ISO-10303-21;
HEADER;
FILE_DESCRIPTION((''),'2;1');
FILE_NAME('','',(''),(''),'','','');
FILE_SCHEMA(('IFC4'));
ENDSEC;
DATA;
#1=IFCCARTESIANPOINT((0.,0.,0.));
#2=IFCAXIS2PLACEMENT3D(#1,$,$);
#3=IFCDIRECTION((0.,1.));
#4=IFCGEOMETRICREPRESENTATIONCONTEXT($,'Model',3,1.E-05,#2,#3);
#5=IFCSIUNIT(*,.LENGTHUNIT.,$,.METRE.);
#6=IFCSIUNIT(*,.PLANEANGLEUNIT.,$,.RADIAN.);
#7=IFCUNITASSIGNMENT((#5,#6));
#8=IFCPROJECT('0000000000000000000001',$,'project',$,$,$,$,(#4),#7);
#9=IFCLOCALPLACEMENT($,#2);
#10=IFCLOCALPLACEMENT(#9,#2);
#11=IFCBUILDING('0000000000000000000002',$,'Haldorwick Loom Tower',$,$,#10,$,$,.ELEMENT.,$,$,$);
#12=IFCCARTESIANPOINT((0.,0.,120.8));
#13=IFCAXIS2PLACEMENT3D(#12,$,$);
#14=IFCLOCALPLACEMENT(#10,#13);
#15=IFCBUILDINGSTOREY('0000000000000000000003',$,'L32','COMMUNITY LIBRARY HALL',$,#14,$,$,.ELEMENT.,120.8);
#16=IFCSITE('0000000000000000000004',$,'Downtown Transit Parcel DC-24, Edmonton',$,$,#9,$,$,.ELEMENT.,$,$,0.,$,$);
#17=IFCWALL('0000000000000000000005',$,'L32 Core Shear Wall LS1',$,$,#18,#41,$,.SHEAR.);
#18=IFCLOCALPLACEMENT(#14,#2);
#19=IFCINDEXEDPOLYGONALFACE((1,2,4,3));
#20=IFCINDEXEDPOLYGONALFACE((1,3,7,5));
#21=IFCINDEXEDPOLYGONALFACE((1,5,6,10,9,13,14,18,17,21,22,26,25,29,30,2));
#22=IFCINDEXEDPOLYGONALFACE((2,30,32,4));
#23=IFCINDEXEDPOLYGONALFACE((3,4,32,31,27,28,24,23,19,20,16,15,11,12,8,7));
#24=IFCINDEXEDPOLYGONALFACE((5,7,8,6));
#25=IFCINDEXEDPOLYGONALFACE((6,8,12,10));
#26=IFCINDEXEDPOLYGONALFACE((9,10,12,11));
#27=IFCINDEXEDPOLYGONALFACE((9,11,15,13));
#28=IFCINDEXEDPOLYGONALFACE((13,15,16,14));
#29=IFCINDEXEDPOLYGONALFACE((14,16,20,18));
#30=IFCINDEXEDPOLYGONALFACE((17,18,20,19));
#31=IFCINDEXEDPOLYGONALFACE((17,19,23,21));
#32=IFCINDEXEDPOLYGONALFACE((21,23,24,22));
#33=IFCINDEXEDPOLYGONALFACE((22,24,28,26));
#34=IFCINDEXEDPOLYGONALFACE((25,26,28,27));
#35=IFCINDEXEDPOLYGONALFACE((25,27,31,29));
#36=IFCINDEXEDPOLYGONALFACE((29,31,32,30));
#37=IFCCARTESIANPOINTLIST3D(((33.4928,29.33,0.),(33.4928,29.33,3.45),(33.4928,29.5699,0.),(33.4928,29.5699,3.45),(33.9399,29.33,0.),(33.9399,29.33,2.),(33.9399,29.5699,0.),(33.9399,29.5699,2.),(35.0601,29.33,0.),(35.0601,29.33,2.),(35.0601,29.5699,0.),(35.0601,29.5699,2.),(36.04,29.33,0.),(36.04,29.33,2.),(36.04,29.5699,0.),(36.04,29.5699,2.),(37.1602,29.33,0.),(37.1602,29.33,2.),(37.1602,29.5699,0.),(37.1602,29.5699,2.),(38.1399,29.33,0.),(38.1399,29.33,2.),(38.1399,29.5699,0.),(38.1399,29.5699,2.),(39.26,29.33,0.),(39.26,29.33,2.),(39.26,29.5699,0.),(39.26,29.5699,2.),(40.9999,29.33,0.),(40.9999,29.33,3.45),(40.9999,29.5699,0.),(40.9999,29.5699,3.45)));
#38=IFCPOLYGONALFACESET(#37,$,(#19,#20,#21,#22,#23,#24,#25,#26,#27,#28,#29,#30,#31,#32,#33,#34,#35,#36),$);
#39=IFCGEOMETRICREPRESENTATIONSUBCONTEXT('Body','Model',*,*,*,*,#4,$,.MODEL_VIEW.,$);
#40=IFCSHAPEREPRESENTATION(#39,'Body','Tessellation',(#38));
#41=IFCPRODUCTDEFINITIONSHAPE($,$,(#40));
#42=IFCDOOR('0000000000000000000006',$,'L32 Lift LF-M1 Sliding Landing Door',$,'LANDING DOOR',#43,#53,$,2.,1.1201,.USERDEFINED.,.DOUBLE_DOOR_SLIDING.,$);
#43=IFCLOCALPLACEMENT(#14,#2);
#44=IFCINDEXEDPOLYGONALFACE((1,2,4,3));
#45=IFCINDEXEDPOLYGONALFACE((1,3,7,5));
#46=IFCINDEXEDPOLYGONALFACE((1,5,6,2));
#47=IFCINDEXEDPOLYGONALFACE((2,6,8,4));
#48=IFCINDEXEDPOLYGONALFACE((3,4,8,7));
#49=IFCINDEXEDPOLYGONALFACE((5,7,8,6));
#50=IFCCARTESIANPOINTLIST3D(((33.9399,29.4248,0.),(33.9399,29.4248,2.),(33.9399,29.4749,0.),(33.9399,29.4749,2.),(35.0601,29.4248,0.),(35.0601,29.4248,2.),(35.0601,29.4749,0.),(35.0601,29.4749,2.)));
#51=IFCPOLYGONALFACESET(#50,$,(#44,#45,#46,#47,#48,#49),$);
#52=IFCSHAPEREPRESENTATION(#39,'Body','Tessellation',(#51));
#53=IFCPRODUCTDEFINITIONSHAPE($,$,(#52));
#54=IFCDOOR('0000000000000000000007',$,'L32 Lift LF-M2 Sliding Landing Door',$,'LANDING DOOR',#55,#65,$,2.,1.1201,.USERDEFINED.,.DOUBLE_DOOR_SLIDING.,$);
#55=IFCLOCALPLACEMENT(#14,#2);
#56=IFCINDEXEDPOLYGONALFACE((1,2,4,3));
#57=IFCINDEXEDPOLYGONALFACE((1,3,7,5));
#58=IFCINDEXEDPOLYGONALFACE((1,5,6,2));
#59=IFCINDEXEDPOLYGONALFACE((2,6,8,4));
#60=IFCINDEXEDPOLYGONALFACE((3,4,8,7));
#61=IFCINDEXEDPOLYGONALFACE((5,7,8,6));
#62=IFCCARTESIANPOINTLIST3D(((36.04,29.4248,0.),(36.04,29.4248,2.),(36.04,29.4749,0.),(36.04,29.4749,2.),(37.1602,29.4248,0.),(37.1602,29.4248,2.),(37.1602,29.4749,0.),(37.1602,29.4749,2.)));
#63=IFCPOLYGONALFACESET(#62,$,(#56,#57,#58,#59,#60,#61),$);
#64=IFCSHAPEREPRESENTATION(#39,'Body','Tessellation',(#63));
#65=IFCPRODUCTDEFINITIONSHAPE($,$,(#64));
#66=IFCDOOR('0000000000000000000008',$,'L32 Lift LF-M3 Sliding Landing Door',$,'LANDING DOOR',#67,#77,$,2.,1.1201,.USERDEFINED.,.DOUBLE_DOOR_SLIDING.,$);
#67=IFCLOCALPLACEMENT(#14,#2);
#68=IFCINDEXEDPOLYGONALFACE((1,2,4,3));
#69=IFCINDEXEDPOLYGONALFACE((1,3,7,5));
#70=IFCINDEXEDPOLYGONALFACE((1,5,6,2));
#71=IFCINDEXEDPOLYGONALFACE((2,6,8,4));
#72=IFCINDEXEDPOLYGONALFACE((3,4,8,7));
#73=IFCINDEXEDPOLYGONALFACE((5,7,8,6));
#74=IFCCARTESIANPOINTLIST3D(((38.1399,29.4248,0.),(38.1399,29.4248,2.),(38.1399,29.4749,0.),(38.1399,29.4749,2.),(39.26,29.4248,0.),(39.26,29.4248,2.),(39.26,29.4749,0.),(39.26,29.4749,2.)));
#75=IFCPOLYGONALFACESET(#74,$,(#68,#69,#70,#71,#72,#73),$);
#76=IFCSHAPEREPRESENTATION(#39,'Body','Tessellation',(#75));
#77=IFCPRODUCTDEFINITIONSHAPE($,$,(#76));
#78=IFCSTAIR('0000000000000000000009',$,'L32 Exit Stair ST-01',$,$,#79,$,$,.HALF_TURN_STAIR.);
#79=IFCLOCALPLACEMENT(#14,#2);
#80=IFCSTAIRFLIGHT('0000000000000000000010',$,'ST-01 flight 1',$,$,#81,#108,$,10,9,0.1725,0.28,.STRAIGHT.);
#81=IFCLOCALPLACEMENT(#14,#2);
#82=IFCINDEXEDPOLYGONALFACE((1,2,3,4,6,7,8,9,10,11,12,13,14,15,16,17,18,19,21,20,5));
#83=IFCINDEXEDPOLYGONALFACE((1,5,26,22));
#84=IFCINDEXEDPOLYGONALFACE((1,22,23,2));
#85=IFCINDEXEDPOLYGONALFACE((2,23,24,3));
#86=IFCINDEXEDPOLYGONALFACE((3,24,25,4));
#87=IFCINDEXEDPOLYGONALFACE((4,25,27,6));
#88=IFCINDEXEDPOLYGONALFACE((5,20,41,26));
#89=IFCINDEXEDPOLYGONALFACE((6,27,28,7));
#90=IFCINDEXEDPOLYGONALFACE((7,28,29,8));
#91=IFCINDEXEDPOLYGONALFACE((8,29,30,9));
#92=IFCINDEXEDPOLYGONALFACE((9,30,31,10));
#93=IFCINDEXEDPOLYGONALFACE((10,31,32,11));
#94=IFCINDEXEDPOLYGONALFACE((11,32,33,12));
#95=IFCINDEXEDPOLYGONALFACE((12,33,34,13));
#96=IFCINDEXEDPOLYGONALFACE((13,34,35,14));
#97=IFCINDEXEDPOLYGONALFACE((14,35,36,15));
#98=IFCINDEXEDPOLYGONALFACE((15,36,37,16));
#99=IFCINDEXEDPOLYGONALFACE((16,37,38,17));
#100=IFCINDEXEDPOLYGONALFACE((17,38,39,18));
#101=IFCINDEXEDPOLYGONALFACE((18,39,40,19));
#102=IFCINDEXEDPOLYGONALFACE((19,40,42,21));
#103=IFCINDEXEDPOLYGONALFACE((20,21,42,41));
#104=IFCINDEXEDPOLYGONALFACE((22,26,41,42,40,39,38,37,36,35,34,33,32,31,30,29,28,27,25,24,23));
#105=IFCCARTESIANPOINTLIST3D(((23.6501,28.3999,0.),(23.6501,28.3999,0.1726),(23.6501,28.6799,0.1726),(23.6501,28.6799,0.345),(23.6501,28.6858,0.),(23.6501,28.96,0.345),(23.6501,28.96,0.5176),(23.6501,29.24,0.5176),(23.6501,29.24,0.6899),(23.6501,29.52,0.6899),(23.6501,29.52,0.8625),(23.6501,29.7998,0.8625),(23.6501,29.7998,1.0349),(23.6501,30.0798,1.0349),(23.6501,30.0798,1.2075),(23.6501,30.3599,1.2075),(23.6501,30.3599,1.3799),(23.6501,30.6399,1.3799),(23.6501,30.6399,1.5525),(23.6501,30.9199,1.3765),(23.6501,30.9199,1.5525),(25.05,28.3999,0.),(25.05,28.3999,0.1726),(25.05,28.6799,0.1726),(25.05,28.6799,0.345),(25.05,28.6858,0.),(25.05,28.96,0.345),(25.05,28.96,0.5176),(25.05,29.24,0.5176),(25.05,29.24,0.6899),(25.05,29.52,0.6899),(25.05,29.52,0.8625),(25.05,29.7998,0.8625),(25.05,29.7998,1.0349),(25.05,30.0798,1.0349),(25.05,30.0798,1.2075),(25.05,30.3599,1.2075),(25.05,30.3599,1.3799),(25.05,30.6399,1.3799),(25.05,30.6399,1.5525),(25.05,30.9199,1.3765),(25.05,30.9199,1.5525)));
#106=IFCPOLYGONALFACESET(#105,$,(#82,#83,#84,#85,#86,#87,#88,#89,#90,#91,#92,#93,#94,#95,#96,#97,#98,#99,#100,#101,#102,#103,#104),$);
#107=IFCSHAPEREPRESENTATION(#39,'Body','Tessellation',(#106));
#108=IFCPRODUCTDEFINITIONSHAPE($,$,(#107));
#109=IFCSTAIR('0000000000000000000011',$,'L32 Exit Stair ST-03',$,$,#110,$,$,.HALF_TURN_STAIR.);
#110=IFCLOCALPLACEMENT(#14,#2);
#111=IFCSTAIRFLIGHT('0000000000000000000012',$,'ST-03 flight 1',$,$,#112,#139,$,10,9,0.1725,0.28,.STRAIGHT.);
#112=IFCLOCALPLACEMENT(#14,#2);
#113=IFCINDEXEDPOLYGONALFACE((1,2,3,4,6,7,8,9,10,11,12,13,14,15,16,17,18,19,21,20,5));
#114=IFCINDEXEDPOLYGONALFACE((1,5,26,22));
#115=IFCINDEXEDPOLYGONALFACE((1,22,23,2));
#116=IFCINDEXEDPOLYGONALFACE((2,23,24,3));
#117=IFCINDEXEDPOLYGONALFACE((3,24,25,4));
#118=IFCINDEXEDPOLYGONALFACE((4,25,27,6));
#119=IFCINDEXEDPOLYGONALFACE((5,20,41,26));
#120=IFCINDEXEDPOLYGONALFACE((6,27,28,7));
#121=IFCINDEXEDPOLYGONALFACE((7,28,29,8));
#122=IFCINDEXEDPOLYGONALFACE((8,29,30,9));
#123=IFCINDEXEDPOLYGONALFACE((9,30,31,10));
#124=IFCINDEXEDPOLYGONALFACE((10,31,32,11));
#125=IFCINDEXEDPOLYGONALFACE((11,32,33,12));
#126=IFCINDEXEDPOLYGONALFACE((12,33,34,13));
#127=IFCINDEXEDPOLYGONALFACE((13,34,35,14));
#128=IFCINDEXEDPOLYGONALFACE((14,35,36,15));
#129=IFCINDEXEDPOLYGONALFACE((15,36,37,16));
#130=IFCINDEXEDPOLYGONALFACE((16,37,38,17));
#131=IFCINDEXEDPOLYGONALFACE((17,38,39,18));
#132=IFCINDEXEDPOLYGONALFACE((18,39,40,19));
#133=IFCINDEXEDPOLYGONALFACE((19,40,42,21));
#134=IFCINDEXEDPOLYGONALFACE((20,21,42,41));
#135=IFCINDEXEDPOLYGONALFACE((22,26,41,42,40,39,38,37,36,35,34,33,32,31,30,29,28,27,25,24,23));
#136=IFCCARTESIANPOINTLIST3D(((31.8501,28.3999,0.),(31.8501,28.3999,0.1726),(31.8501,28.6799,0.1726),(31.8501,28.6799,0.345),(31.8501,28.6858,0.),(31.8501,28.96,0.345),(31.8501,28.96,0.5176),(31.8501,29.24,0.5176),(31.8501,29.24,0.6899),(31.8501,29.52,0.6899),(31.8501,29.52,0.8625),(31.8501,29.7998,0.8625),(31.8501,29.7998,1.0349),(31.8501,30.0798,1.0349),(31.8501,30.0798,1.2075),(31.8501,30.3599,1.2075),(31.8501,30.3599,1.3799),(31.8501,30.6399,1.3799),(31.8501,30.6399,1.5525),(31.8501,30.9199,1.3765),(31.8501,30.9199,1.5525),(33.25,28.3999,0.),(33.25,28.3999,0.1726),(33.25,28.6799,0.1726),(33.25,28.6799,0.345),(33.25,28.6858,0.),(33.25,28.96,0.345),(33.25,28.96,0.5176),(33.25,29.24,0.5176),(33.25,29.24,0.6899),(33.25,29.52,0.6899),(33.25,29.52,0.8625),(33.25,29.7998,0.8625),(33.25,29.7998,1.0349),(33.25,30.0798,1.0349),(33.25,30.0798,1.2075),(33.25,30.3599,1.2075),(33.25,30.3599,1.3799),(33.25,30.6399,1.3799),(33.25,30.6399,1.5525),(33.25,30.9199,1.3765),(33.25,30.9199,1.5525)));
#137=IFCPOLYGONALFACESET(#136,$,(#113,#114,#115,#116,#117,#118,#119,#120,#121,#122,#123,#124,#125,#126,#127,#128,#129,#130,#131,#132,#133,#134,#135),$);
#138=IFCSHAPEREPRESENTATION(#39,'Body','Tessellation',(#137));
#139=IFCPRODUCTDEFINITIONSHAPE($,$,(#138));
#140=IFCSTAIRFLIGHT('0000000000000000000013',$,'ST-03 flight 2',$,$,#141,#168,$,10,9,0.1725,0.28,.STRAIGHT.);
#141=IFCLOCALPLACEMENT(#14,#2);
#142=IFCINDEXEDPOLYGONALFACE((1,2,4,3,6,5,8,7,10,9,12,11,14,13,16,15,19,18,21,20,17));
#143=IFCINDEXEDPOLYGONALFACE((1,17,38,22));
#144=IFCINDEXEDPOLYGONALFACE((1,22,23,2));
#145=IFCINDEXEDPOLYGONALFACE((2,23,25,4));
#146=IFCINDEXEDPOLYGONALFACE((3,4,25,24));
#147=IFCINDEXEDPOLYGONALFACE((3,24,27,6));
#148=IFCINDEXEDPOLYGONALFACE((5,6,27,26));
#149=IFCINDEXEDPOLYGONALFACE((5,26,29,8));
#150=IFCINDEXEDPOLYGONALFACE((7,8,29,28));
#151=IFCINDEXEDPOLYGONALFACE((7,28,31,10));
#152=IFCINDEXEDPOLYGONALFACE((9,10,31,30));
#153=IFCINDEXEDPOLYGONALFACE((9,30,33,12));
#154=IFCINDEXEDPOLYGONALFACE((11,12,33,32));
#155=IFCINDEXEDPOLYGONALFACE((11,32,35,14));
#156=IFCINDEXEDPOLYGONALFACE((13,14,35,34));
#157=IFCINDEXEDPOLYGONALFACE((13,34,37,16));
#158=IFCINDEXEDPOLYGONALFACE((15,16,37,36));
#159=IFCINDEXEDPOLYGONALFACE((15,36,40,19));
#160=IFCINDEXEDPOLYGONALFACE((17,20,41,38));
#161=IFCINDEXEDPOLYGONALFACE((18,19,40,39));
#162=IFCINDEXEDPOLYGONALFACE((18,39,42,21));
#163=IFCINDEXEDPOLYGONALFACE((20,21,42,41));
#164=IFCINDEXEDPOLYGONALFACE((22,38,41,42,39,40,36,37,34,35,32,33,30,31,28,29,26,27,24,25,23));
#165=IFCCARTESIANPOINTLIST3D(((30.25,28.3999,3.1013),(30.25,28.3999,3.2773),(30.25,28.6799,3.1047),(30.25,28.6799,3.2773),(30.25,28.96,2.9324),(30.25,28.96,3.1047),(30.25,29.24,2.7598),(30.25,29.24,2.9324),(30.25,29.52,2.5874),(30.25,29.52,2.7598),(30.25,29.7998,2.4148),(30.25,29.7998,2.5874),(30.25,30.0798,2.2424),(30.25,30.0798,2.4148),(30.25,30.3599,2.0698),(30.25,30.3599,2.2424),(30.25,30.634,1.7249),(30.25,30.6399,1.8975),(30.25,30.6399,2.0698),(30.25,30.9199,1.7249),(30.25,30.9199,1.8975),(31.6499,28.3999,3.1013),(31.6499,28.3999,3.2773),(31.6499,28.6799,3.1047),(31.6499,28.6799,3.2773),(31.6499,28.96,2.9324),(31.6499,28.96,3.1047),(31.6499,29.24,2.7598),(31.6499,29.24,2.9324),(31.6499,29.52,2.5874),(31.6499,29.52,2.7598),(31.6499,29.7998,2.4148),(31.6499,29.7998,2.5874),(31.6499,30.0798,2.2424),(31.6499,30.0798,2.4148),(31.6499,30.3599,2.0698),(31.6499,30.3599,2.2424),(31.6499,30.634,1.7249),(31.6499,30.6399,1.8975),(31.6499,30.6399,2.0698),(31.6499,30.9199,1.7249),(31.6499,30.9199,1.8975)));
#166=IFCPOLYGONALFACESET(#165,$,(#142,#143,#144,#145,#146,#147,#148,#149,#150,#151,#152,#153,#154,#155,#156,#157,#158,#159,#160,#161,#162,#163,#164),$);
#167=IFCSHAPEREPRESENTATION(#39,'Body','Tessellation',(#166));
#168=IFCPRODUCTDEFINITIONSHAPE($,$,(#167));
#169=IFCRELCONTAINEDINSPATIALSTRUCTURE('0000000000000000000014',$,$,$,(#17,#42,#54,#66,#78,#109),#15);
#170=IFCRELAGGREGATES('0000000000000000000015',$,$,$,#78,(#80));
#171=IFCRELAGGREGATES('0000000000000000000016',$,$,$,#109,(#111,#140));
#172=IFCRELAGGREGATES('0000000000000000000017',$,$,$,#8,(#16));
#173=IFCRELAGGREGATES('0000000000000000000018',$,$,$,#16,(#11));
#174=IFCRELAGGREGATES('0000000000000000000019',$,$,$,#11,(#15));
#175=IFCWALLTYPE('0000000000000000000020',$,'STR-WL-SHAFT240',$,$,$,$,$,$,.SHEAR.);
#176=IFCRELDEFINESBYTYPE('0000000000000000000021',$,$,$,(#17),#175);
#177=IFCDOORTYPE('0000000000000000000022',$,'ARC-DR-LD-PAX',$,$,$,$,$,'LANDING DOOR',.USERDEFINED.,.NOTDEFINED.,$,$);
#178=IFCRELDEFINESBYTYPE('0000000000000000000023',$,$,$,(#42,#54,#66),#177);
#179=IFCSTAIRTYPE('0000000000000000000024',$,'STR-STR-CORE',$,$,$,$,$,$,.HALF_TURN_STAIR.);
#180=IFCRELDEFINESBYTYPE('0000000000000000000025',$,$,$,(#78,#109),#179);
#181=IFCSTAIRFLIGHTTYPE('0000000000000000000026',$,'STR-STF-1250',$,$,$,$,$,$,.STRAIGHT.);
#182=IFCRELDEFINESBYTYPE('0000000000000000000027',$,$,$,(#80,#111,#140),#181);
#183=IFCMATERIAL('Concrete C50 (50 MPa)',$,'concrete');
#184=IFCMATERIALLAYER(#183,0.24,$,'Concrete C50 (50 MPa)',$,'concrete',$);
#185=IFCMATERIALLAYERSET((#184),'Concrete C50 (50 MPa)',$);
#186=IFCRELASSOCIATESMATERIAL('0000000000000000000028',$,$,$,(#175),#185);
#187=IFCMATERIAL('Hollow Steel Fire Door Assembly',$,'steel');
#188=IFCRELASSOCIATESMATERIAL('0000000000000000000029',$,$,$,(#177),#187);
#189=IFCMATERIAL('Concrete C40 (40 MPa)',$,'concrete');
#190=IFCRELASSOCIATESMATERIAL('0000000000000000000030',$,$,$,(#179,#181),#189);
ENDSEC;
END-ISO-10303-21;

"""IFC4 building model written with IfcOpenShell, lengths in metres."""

from ifc_helpers import new_model, si_unit, direction, frame, frame_2d, origin, place, context, subcontext, project, spatial, polyline, rectangle, outline, extrude, material, layer, layer_set, type_object, element, fill, aggregate, save


model = new_model("IFC4")

# Units and contexts
model_context = context("Model", 3, precision=1e-05, world=origin(), true_north=direction((0.0, 1.0)))
body_context = subcontext(model_context, "Body", "Model", "MODEL_VIEW")
ifc_project = project(units=[si_unit("LENGTHUNIT", "METRE"), si_unit("PLANEANGLEUNIT", "RADIAN")], contexts=[model_context])

# Site, building, storey
site_placement = place(None, origin())
site = spatial("IfcSite", under=ifc_project, at=site_placement, Name="Downtown Transit Parcel DC-24, Edmonton", CompositionType="ELEMENT", RefElevation=0.0)
building_placement = place(site_placement, origin())
building = spatial("IfcBuilding", under=site, at=building_placement, Name="Haldorwick Loom Tower", CompositionType="ELEMENT")
storey_placement = place(building_placement, frame((0.0, 0.0, 120.8)))
storey = spatial("IfcBuildingStorey", under=building, at=storey_placement, Name="L32", Description="COMMUNITY LIBRARY HALL", CompositionType="ELEMENT", Elevation=120.8)

# Shared definitions
ifc_material_1 = material(Name="Concrete C50 (50 MPa)", Category="concrete")
ifc_layer = layer(ifc_material_1, 0.24, Name="Concrete C50 (50 MPa)", Category="concrete")
ifc_layer_set = layer_set([ifc_layer], Name="Concrete C50 (50 MPa)")
wall_type = type_object("IfcWallType", Name="STR-WL-SHAFT240", PredefinedType="SHEAR", material=ifc_layer_set)

# Wall, openings, doors
ifc_material_2 = material(Name="Hollow Steel Fire Door Assembly", Category="steel")
wall_1_placement = place(storey_placement, frame((33.4929, 29.45, 0.0), z_axis=(0.0, 0.0, 1.0), x_axis=(1.0, 0.0, 0.0)))
wall_1 = element("IfcWall", 1, at=wall_1_placement, inside=storey, type_object=wall_type, Name="L32 Core Shear Wall LS1", PredefinedType="SHEAR", context=body_context, shape_type="SweptSolid", body=[
    extrude(rectangle(XDim=7.5071, YDim=0.24, at=frame_2d((3.7534, 0.0))), origin(), (0.0, 0.0, 1.0), 3.45),
])
opening_1_placement = place(wall_1_placement, frame((0.447, 0.0, 0.0)))
opening_1 = element("IfcOpeningElement", 2, at=opening_1_placement, cuts=wall_1, PredefinedType="OPENING", context=body_context, shape_type="SweptSolid", body=[
    extrude(rectangle(XDim=1.1201, YDim=2.0, at=frame_2d((0.5601, 1.0))), frame((0.0, 0.1299, 0.0), z_axis=(0.0, -1.0, 0.0), x_axis=(1.0, 0.0, 0.0)), (0.0, 0.0, 1.0), 0.26),
])
opening_2_placement = place(wall_1_placement, frame((2.5471, 0.0, 0.0)))
opening_2 = element("IfcOpeningElement", 3, at=opening_2_placement, cuts=wall_1, PredefinedType="OPENING", context=body_context, shape_type="SweptSolid", body=[
    extrude(rectangle(XDim=1.1201, YDim=2.0, at=frame_2d((0.5601, 1.0))), frame((0.0, 0.1299, 0.0), z_axis=(0.0, -1.0, 0.0), x_axis=(1.0, 0.0, 0.0)), (0.0, 0.0, 1.0), 0.26),
])
opening_3_placement = place(wall_1_placement, frame((4.647, 0.0, 0.0)))
opening_3 = element("IfcOpeningElement", 4, at=opening_3_placement, cuts=wall_1, PredefinedType="OPENING", context=body_context, shape_type="SweptSolid", body=[
    extrude(rectangle(XDim=1.1201, YDim=2.0, at=frame_2d((0.5601, 1.0))), frame((0.0, 0.1299, 0.0), z_axis=(0.0, -1.0, 0.0), x_axis=(1.0, 0.0, 0.0)), (0.0, 0.0, 1.0), 0.26),
])
door_type_1 = type_object("IfcDoorType", Name="ARC-DR-LD-PAX", ElementType="LANDING DOOR", OperationType="NOTDEFINED", PredefinedType="USERDEFINED", material=ifc_material_2)
door_1_placement = place(opening_1_placement, origin())
door_1 = element("IfcDoor", 5, at=door_1_placement, inside=storey, type_object=door_type_1, Name="L32 Lift LF-M1 Sliding Landing Door", ObjectType="LANDING DOOR", OperationType="DOUBLE_DOOR_SLIDING", OverallHeight=2.0, OverallWidth=1.1201, PredefinedType="USERDEFINED", context=body_context, shape_type="SweptSolid", body=[
    extrude(rectangle(XDim=1.1201, YDim=2.0, at=frame_2d((0.5601, 1.0))), frame((0.0, 0.0249, 0.0), z_axis=(0.0, -1.0, 0.0), x_axis=(1.0, 0.0, 0.0)), (0.0, 0.0, 1.0), 0.05),
])
fill(opening_1, door_1)
door_2_placement = place(opening_2_placement, origin())
door_2 = element("IfcDoor", 6, at=door_2_placement, inside=storey, type_object=door_type_1, Name="L32 Lift LF-M2 Sliding Landing Door", ObjectType="LANDING DOOR", OperationType="DOUBLE_DOOR_SLIDING", OverallHeight=2.0, OverallWidth=1.1201, PredefinedType="USERDEFINED", context=body_context, shape_type="SweptSolid", body=[
    extrude(rectangle(XDim=1.1201, YDim=2.0, at=frame_2d((0.5601, 1.0))), frame((0.0, 0.0249, 0.0), z_axis=(0.0, -1.0, 0.0), x_axis=(1.0, 0.0, 0.0)), (0.0, 0.0, 1.0), 0.05),
])
fill(opening_2, door_2)
door_3_placement = place(opening_3_placement, origin())
door_3 = element("IfcDoor", 7, at=door_3_placement, inside=storey, type_object=door_type_1, Name="L32 Lift LF-M3 Sliding Landing Door", ObjectType="LANDING DOOR", OperationType="DOUBLE_DOOR_SLIDING", OverallHeight=2.0, OverallWidth=1.1201, PredefinedType="USERDEFINED", context=body_context, shape_type="SweptSolid", body=[
    extrude(rectangle(XDim=1.1201, YDim=2.0, at=frame_2d((0.5601, 1.0))), frame((0.0, 0.0249, 0.0), z_axis=(0.0, -1.0, 0.0), x_axis=(1.0, 0.0, 0.0)), (0.0, 0.0, 1.0), 0.05),
])
fill(opening_3, door_3)

# Stair, stair flight
ifc_material_3 = material(Name="Concrete C40 (40 MPa)", Category="concrete")
stair_type = type_object("IfcStairType", Name="STR-STR-CORE", PredefinedType="HALF_TURN_STAIR", material=ifc_material_3)
stair_1_placement = place(storey_placement, origin())
stair_1 = element("IfcStair", 8, at=stair_1_placement, inside=storey, type_object=stair_type, Name="L32 Exit Stair ST-01", PredefinedType="HALF_TURN_STAIR")
stair_flight_type = type_object("IfcStairFlightType", Name="STR-STF-1250", PredefinedType="STRAIGHT", material=ifc_material_3)
stair_flight_1_placement = place(storey_placement, frame((24.3501, 28.3999, 0.0), z_axis=(0.0, 0.0, 1.0), x_axis=(0.0, 1.0, 0.0)))
stair_flight_1 = element("IfcStairFlight", 9, at=stair_flight_1_placement, type_object=stair_flight_type, Name="ST-01 flight 1", NumberOfRisers=10, NumberOfTreads=9, PredefinedType="STRAIGHT", RiserHeight=0.1725, TreadLength=0.28, context=body_context, shape_type="SweptSolid", body=[
    extrude(outline(polyline([(0.0, 0.0), (0.0, 0.1726), (0.28, 0.1726), (0.28, 0.345), (0.5601, 0.345), (0.5601, 0.5176), (0.8401, 0.5176), (0.8401, 0.6899), (1.1201, 0.6899), (1.1201, 0.8625), (1.3999, 0.8625), (1.3999, 1.0349), (1.6799, 1.0349), (1.6799, 1.2075), (1.96, 1.2075), (1.96, 1.3799), (2.24, 1.3799), (2.24, 1.5525), (2.52, 1.5525), (2.52, 1.7251), (2.52, 1.3765), (0.2859, 0.0), (0.0, 0.0)])), frame((0.0, 0.7, 0.0), z_axis=(0.0, -1.0, 0.0), x_axis=(1.0, 0.0, 0.0)), (0.0, 0.0, 1.0), 1.3999),
])
aggregate(stair_1, [stair_flight_1])

# Stair, stair flights
stair_2_placement = place(storey_placement, origin())
stair_2 = element("IfcStair", 10, at=stair_2_placement, inside=storey, type_object=stair_type, Name="L32 Exit Stair ST-03", PredefinedType="HALF_TURN_STAIR")
stair_flight_2_placement = place(storey_placement, frame((32.55, 28.3999, 0.0), z_axis=(0.0, 0.0, 1.0), x_axis=(0.0, 1.0, 0.0)))
stair_flight_2 = element("IfcStairFlight", 11, at=stair_flight_2_placement, type_object=stair_flight_type, Name="ST-03 flight 1", NumberOfRisers=10, NumberOfTreads=9, PredefinedType="STRAIGHT", RiserHeight=0.1725, TreadLength=0.28, context=body_context, shape_type="SweptSolid", body=[
    extrude(outline(polyline([(0.0, 0.0), (0.0, 0.1726), (0.28, 0.1726), (0.28, 0.345), (0.5601, 0.345), (0.5601, 0.5176), (0.8401, 0.5176), (0.8401, 0.6899), (1.1201, 0.6899), (1.1201, 0.8625), (1.3999, 0.8625), (1.3999, 1.0349), (1.6799, 1.0349), (1.6799, 1.2075), (1.96, 1.2075), (1.96, 1.3799), (2.24, 1.3799), (2.24, 1.5525), (2.52, 1.5525), (2.52, 1.7251), (2.52, 1.3765), (0.2859, 0.0), (0.0, 0.0)])), frame((0.0, 0.7, 0.0), z_axis=(0.0, -1.0, 0.0), x_axis=(1.0, 0.0, 0.0)), (0.0, 0.0, 1.0), 1.3999),
])
stair_flight_3_placement = place(storey_placement, frame((30.95, 30.9199, 1.7249), z_axis=(0.0, 0.0, 1.0), x_axis=(0.0, -1.0, 0.0)))
stair_flight_3 = element("IfcStairFlight", 12, at=stair_flight_3_placement, type_object=stair_flight_type, Name="ST-03 flight 2", NumberOfRisers=10, NumberOfTreads=9, PredefinedType="STRAIGHT", RiserHeight=0.1725, TreadLength=0.28, context=body_context, shape_type="SweptSolid", body=[
    extrude(outline(polyline([(0.0, 0.0), (0.0, 0.1726), (0.28, 0.1726), (0.28, 0.345), (0.5601, 0.345), (0.5601, 0.5176), (0.8401, 0.5176), (0.8401, 0.6899), (1.1201, 0.6899), (1.1201, 0.8625), (1.3999, 0.8625), (1.3999, 1.0349), (1.6799, 1.0349), (1.6799, 1.2075), (1.96, 1.2075), (1.96, 1.3799), (2.24, 1.3799), (2.24, 1.5525), (2.52, 1.5525), (2.52, 1.7251), (2.52, 1.3765), (0.2859, 0.0), (0.0, 0.0)])), frame((0.0, 0.7, 0.0), z_axis=(0.0, -1.0, 0.0), x_axis=(1.0, 0.0, 0.0)), (0.0, 0.0, 1.0), 1.3999),
])
aggregate(stair_2, [stair_flight_2, stair_flight_3])

save(model, "model.ifc")
